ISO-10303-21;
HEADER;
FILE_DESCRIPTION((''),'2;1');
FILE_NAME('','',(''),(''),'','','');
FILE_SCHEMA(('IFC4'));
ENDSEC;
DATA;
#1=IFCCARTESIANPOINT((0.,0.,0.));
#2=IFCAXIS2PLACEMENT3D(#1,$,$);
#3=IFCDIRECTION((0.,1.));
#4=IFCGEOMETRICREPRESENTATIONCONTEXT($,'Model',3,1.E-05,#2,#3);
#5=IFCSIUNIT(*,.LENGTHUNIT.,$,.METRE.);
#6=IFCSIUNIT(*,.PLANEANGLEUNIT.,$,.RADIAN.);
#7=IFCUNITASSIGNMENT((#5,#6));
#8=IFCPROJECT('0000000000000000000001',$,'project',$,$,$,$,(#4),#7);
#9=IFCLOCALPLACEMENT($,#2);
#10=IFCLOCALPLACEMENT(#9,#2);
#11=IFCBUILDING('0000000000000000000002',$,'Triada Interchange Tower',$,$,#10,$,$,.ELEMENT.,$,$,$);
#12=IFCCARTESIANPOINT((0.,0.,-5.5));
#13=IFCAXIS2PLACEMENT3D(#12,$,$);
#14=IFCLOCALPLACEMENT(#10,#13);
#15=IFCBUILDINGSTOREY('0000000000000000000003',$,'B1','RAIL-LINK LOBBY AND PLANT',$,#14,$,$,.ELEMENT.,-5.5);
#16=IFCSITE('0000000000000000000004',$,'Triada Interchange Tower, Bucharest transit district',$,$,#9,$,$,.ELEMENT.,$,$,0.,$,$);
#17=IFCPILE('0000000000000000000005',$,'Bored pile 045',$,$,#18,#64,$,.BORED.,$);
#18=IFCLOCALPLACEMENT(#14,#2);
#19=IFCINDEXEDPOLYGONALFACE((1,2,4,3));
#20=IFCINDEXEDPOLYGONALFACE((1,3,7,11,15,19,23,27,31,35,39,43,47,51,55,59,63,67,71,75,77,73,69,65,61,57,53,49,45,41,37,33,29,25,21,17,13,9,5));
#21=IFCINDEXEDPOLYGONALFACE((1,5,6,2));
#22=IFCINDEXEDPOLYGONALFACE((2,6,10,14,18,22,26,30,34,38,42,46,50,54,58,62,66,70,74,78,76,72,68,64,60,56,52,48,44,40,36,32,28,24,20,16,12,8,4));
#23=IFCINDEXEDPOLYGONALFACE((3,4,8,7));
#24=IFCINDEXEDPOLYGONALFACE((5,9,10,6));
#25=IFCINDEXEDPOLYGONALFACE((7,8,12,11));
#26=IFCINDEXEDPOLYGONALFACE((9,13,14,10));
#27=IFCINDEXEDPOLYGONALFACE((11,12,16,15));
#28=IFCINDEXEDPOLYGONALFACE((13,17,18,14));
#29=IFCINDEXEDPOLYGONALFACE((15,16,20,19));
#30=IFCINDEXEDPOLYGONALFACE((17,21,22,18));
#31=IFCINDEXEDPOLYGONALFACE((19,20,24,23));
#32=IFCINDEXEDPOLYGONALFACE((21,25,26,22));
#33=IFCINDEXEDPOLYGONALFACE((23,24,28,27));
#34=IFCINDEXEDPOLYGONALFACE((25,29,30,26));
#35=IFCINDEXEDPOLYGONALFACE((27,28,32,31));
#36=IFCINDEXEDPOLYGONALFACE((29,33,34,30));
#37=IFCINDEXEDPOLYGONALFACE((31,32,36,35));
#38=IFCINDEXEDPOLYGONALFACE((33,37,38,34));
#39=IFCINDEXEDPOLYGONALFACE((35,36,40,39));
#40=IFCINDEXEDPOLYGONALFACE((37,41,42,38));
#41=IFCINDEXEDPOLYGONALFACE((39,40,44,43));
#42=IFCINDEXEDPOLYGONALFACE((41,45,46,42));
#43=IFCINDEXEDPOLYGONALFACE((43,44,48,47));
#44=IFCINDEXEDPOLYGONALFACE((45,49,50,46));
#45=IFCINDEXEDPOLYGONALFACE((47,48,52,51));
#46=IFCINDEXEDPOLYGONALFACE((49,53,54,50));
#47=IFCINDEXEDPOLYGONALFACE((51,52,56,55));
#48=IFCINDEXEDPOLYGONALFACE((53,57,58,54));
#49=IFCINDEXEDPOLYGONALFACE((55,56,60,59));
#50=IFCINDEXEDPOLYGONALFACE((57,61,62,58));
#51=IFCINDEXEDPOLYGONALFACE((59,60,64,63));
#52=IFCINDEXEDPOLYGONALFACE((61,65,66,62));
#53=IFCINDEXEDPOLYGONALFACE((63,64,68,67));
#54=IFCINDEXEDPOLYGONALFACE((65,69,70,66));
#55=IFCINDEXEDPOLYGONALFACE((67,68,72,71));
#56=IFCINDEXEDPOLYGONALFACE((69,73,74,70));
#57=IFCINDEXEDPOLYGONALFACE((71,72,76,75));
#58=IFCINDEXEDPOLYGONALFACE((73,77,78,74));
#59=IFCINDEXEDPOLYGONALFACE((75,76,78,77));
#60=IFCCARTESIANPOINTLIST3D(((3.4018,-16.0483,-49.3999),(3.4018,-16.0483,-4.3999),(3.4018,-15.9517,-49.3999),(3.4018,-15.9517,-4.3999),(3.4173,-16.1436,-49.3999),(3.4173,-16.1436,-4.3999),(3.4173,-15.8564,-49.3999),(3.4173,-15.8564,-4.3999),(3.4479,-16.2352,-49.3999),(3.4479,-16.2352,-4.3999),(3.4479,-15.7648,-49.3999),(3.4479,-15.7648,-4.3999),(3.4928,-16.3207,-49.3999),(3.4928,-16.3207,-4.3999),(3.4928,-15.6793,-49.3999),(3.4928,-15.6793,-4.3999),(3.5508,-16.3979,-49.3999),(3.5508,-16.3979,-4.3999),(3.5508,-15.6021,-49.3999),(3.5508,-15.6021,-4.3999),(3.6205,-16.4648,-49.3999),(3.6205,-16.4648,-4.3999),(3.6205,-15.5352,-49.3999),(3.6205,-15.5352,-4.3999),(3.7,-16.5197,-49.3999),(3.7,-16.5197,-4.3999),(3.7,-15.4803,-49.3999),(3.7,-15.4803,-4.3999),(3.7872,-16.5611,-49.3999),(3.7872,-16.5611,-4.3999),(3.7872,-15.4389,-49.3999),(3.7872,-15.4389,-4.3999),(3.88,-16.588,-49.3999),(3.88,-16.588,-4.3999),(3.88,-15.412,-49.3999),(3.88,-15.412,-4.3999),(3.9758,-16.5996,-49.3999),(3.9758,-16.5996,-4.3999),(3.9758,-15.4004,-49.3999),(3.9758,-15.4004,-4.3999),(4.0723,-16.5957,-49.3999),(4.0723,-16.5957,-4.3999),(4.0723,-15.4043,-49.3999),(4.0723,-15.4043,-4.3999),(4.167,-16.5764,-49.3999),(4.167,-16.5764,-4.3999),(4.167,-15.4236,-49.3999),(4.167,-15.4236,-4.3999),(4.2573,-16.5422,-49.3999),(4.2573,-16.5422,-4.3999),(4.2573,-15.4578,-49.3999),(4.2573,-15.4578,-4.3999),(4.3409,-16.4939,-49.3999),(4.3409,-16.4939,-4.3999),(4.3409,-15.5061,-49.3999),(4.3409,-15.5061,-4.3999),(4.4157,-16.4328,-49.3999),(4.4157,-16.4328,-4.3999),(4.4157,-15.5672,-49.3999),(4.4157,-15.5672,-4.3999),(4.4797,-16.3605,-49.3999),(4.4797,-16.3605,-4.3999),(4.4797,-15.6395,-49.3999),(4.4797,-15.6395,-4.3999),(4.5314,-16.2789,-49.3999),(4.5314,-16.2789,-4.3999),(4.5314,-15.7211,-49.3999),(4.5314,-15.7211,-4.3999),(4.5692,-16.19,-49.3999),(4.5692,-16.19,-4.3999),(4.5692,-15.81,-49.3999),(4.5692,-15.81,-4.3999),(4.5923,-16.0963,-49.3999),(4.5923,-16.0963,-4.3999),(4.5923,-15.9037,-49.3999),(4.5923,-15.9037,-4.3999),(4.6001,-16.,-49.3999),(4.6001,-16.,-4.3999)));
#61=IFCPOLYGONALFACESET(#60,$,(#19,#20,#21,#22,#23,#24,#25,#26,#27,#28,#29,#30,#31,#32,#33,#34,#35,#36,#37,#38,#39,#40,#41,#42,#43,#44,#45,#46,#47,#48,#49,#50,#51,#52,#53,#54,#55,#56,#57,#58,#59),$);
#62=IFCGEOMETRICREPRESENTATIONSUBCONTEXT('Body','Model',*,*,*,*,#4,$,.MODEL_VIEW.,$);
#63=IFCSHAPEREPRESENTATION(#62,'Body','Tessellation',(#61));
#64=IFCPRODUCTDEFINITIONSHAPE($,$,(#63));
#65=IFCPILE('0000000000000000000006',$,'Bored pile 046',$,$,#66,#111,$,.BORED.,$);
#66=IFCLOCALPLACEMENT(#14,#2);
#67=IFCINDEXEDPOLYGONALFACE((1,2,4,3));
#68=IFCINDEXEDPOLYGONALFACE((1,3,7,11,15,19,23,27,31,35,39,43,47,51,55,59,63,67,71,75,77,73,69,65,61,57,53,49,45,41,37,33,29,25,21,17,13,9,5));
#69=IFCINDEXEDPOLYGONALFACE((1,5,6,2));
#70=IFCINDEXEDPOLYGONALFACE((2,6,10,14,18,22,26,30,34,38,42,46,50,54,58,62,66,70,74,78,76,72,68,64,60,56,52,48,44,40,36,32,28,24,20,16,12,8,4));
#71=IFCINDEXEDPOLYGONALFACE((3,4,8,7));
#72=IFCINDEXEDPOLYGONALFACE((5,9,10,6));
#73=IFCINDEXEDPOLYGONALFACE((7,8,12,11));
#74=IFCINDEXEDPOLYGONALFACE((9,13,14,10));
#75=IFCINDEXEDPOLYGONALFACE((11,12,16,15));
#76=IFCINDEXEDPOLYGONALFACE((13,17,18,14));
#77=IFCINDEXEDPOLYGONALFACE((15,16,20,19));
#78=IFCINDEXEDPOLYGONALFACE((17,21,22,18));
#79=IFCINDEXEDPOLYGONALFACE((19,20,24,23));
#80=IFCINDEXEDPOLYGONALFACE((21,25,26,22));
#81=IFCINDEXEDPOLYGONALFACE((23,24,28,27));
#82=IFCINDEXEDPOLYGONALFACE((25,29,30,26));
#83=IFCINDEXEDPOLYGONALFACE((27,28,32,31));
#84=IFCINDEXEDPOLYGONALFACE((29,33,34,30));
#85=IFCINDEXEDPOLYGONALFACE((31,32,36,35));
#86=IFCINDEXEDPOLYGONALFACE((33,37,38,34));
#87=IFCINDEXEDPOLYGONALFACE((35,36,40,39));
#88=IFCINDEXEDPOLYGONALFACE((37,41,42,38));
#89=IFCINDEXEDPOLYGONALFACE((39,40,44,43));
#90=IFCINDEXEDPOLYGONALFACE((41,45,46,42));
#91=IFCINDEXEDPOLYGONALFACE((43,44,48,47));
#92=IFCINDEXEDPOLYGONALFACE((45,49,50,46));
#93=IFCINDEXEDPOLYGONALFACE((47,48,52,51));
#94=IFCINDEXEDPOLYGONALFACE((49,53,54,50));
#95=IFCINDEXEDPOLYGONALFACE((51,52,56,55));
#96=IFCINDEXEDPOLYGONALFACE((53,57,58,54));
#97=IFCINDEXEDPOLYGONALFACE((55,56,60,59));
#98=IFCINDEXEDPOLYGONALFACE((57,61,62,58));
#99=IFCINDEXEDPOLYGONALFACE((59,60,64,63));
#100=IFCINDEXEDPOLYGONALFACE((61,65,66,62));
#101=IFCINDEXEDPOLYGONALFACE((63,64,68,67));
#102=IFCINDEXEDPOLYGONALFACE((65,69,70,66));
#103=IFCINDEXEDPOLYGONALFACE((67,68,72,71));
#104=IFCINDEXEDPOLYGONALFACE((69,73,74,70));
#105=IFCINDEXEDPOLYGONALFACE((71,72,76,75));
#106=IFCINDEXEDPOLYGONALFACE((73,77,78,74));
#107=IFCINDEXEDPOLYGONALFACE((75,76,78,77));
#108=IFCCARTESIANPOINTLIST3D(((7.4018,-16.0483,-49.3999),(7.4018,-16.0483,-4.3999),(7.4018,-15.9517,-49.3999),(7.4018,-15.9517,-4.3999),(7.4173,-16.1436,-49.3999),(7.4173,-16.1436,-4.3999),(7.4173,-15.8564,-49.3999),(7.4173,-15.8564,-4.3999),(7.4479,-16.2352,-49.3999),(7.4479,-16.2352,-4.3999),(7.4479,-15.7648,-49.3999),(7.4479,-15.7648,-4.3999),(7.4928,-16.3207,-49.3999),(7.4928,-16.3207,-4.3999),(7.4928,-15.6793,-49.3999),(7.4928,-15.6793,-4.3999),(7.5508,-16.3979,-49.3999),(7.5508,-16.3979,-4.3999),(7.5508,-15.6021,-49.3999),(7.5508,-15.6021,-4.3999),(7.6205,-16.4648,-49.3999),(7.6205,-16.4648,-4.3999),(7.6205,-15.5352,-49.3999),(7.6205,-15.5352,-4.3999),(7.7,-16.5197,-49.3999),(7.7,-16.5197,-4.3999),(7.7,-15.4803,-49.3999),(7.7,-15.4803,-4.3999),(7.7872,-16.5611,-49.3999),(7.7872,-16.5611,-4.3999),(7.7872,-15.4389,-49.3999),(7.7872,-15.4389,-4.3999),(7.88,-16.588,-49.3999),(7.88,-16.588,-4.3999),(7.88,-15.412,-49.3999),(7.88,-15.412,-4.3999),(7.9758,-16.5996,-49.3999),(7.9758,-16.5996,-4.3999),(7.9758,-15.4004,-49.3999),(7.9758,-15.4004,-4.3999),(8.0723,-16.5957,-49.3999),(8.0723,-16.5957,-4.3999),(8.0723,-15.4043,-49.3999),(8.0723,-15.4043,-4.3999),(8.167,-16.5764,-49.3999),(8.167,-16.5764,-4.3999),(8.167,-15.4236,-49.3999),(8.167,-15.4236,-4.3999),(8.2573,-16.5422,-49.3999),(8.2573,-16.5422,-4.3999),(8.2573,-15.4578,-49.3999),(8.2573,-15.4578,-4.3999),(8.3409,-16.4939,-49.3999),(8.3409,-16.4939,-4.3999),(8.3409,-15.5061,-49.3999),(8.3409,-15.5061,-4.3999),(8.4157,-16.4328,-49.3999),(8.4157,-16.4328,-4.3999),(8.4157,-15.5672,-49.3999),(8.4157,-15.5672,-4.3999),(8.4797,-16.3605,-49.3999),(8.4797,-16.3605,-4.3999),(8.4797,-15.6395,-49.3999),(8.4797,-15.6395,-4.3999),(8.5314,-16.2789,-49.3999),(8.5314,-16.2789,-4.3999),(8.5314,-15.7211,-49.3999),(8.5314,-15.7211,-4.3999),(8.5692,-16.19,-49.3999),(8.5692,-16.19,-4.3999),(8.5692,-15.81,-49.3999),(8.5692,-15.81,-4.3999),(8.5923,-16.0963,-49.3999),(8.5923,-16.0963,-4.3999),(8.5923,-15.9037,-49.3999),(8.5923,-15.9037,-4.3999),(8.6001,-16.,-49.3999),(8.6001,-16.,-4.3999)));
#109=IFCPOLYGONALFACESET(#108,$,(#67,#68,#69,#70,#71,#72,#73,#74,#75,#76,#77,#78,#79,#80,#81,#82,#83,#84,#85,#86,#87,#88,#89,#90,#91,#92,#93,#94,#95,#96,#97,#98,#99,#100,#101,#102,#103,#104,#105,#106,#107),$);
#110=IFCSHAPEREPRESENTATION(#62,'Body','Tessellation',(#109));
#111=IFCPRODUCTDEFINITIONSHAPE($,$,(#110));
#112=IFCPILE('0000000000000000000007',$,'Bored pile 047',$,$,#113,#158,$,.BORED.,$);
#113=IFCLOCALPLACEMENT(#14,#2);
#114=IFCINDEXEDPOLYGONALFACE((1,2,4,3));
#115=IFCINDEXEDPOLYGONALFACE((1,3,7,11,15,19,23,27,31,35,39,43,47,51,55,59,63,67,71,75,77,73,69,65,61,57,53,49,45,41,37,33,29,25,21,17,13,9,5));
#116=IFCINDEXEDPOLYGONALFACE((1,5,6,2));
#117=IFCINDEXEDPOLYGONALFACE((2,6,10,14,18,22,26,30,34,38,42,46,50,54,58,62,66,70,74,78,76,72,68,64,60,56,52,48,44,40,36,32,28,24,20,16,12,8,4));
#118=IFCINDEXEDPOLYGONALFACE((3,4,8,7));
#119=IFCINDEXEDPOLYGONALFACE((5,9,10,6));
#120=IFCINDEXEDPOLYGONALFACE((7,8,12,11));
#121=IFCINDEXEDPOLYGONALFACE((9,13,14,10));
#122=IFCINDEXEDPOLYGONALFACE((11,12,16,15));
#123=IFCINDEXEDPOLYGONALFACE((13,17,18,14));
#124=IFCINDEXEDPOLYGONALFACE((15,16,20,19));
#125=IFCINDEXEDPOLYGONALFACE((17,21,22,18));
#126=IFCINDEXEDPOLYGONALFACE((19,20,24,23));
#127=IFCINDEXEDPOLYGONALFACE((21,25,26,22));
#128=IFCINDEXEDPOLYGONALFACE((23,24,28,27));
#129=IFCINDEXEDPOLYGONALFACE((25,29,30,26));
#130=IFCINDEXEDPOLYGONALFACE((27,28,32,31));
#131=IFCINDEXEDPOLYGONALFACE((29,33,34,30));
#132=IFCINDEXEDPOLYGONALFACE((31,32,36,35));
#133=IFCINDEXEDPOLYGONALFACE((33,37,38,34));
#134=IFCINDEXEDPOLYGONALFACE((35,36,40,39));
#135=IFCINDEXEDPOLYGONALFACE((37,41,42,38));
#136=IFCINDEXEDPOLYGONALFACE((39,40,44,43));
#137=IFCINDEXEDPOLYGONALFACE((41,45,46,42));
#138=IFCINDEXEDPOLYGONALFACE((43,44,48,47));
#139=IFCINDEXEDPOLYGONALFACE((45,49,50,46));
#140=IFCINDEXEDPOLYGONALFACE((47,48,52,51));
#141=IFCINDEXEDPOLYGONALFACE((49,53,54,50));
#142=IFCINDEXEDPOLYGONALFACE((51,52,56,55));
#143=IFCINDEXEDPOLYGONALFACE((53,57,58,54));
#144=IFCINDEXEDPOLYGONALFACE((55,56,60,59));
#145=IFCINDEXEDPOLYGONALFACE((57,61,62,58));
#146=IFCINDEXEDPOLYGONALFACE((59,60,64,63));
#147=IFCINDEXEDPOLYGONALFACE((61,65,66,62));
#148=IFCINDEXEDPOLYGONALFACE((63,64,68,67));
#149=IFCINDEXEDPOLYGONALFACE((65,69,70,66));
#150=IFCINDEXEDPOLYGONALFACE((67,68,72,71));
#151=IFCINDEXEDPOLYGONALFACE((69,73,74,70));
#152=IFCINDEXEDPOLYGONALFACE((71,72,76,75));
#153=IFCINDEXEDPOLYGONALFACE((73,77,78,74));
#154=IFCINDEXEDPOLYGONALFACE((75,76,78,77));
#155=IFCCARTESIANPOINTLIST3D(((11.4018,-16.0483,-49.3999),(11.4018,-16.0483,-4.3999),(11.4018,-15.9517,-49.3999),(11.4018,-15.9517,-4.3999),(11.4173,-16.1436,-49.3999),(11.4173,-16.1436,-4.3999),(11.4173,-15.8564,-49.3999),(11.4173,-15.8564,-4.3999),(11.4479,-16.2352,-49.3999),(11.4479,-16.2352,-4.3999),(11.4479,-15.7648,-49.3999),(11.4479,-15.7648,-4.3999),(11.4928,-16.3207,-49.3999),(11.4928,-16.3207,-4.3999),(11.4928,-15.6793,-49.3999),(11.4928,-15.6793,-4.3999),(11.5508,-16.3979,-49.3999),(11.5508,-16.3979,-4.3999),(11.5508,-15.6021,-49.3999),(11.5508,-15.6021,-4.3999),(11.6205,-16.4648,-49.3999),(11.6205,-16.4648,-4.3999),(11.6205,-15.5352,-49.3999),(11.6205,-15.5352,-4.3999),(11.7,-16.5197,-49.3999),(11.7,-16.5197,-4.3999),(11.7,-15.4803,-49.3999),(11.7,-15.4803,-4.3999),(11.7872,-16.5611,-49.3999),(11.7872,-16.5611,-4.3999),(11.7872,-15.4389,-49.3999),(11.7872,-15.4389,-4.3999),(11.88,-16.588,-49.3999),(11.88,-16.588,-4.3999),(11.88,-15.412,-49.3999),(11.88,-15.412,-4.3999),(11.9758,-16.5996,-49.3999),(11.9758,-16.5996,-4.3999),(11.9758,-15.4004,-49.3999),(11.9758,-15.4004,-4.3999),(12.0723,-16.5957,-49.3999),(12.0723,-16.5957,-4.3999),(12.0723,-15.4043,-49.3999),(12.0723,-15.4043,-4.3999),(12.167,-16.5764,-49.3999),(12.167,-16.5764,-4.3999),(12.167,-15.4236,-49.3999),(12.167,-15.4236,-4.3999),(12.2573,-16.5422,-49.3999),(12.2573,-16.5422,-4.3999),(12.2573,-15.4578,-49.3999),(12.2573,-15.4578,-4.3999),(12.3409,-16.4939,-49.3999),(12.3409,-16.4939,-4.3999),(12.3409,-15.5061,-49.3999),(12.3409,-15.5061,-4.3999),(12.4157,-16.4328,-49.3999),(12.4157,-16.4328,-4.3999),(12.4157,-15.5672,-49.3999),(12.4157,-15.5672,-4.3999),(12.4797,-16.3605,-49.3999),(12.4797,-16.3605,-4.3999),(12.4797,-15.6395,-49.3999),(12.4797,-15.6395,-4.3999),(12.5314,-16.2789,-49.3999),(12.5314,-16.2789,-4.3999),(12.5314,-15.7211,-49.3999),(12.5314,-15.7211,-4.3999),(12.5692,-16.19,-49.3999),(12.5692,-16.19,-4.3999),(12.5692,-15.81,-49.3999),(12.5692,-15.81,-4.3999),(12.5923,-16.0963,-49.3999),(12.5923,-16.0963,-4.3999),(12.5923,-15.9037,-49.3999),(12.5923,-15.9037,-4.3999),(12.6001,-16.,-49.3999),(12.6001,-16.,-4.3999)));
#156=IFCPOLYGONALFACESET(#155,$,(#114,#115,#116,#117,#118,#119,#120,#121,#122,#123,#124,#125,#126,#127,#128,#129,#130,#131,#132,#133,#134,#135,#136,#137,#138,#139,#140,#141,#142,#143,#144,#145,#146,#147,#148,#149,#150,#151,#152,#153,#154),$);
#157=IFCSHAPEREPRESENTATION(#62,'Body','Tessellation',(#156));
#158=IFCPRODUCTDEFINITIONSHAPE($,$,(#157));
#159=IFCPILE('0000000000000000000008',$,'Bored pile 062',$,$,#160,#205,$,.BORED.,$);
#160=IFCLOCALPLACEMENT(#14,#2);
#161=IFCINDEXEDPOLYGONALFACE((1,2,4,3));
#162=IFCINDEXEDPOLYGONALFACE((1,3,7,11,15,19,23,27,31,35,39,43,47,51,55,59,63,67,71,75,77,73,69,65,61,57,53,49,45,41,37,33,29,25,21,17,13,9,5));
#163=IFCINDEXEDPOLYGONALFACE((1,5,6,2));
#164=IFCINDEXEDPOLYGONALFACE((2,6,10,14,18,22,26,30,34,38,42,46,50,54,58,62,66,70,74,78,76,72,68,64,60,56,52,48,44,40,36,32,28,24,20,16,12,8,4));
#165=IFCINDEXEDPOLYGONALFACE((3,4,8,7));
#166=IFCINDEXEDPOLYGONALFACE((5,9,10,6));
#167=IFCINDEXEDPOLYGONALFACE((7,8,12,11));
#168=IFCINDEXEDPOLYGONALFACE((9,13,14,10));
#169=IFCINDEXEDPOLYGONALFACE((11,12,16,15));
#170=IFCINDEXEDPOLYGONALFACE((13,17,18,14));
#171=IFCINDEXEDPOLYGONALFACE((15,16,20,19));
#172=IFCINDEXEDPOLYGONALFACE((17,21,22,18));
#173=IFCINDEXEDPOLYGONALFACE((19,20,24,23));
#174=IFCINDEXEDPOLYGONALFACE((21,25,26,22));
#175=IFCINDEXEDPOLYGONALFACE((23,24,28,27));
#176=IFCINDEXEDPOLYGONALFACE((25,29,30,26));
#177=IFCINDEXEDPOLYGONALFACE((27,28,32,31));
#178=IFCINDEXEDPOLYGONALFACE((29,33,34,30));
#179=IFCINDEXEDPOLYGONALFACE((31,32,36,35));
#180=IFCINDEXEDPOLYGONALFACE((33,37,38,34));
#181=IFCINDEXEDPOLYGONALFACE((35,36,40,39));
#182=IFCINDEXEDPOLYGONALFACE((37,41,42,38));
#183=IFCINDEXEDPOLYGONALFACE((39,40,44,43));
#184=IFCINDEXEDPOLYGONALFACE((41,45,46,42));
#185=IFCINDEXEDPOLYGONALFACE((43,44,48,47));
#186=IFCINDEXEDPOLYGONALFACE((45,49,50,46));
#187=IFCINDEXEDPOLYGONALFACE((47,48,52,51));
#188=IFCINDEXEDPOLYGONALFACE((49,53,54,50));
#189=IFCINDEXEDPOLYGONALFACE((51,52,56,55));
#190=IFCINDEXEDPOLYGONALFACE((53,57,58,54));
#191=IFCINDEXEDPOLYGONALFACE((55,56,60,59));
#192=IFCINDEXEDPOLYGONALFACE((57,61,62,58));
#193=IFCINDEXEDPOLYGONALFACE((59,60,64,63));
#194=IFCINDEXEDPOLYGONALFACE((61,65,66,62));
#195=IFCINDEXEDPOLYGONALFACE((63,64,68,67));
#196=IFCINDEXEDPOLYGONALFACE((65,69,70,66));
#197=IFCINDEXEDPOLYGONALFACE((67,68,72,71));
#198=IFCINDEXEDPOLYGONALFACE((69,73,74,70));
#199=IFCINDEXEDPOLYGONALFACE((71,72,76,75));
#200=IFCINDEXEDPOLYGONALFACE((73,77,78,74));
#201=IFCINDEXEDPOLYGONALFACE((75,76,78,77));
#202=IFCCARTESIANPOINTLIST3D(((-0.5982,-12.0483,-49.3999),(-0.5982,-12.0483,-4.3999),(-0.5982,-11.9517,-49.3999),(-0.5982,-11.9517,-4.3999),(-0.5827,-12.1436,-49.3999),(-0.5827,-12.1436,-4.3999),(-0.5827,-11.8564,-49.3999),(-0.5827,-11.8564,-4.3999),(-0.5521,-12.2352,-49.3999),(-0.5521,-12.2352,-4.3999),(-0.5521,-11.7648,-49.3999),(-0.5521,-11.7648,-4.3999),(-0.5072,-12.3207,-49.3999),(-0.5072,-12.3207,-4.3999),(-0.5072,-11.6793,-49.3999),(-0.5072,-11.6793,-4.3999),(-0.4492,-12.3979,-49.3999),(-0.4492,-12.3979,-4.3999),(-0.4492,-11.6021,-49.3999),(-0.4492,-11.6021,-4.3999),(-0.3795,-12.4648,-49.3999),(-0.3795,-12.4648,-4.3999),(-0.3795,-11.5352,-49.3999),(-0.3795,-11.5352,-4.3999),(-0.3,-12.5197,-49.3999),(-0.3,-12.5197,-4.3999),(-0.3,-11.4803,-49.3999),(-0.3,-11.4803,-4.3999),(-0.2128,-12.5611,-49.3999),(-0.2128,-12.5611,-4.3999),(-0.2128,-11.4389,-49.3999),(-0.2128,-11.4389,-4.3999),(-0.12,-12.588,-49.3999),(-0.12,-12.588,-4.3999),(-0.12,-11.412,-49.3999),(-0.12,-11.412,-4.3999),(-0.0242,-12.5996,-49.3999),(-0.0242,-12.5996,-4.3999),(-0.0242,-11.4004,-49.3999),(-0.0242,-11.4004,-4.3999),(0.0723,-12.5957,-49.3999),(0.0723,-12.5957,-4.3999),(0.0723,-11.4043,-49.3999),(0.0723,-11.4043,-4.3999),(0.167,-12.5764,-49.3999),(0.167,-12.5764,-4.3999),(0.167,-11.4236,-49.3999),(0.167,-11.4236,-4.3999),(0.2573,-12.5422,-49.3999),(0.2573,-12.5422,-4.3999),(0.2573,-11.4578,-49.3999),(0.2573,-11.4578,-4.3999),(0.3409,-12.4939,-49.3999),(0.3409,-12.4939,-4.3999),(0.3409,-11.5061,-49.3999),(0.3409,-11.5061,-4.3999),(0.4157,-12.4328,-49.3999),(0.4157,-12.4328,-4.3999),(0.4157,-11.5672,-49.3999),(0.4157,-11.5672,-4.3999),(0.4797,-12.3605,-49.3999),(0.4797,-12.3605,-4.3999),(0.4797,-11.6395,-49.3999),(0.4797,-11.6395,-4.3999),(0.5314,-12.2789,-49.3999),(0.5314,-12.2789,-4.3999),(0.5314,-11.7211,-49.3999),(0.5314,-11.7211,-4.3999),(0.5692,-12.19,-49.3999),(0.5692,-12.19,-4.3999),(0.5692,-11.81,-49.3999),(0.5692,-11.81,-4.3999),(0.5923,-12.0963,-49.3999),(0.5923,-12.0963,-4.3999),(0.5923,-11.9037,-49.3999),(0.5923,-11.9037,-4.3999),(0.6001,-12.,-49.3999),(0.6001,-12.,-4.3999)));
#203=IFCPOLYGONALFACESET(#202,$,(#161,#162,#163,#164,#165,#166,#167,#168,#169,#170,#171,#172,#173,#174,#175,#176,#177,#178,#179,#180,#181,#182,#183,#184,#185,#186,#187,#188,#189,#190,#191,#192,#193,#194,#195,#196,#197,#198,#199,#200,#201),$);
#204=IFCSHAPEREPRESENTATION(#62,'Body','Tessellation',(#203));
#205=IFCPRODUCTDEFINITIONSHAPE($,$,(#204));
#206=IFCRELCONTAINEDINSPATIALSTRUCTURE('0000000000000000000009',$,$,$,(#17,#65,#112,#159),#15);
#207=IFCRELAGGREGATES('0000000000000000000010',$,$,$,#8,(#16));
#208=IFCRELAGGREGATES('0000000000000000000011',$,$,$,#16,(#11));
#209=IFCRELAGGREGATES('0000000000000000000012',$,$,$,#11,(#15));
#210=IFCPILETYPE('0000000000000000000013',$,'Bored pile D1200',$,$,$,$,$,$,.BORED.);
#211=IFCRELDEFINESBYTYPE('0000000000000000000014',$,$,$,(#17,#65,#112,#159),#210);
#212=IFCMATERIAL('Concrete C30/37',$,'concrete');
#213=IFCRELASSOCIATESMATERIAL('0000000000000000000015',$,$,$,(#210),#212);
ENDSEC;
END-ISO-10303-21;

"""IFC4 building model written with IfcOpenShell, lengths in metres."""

from ifc_helpers import new_model, si_unit, direction, frame, origin, origin_2d, place, context, subcontext, project, spatial, circle, extrude, material, material_profile, profile_set, type_object, element, save


model = new_model("IFC4")

# Units and contexts
model_context = context("Model", 3, precision=1e-05, world=origin(), true_north=direction((0.0, 1.0)))
body_context = subcontext(model_context, "Body", "Model", "MODEL_VIEW")
ifc_project = project(units=[si_unit("LENGTHUNIT", "METRE"), si_unit("PLANEANGLEUNIT", "RADIAN")], contexts=[model_context])

# Site, building, storey
site_placement = place(None, origin())
site = spatial("IfcSite", under=ifc_project, at=site_placement, Name="Triada Interchange Tower, Bucharest transit district", CompositionType="ELEMENT", RefElevation=0.0)
building_placement = place(site_placement, origin())
building = spatial("IfcBuilding", under=site, at=building_placement, Name="Triada Interchange Tower", CompositionType="ELEMENT")
storey_placement = place(building_placement, frame((0.0, 0.0, -5.5)))
storey = spatial("IfcBuildingStorey", under=building, at=storey_placement, Name="B1", Description="RAIL-LINK LOBBY AND PLANT", CompositionType="ELEMENT", Elevation=-5.5)

# Piles
ifc_material_1 = material(Name="Concrete C30/37", Category="concrete")
ifc_material_profile_1 = material_profile(ifc_material_1, circle(Radius=0.6001, at=origin_2d()), Name="RC D1200")
ifc_profile_set_1 = profile_set([ifc_material_profile_1], Name="Concrete C30/37")
pile_type = type_object("IfcPileType", Name="Bored pile D1200", PredefinedType="BORED", material=ifc_profile_set_1)
for number, where, z_axis, x_axis, name in (
    (1, (4.0, -16.0, -4.3999), (0.0, 0.0, -1.0), (1.0, 0.0, 0.0), "Bored pile 045"),
    (2, (8.0, -16.0, -4.3999), (0.0, 0.0, -1.0), (1.0, 0.0, 0.0), "Bored pile 046"),
    (3, (12.0, -16.0, -4.3999), (0.0, 0.0, -1.0), (1.0, 0.0, 0.0), "Bored pile 047"),
    (4, (0.0, -12.0, -4.3999), (0.0, 0.0, -1.0), (1.0, 0.0, 0.0), "Bored pile 062"),
):
    element("IfcPile", number, at=place(storey_placement, frame(where, z_axis=z_axis, x_axis=x_axis)), inside=storey, type_object=pile_type, Name=name, PredefinedType="BORED", context=body_context, shape_type="SweptSolid", body=[
        extrude(circle(Radius=0.6001, at=origin_2d()), origin(), (0.0, 0.0, 1.0), 45.0),
    ])

save(model, "model.ifc")
